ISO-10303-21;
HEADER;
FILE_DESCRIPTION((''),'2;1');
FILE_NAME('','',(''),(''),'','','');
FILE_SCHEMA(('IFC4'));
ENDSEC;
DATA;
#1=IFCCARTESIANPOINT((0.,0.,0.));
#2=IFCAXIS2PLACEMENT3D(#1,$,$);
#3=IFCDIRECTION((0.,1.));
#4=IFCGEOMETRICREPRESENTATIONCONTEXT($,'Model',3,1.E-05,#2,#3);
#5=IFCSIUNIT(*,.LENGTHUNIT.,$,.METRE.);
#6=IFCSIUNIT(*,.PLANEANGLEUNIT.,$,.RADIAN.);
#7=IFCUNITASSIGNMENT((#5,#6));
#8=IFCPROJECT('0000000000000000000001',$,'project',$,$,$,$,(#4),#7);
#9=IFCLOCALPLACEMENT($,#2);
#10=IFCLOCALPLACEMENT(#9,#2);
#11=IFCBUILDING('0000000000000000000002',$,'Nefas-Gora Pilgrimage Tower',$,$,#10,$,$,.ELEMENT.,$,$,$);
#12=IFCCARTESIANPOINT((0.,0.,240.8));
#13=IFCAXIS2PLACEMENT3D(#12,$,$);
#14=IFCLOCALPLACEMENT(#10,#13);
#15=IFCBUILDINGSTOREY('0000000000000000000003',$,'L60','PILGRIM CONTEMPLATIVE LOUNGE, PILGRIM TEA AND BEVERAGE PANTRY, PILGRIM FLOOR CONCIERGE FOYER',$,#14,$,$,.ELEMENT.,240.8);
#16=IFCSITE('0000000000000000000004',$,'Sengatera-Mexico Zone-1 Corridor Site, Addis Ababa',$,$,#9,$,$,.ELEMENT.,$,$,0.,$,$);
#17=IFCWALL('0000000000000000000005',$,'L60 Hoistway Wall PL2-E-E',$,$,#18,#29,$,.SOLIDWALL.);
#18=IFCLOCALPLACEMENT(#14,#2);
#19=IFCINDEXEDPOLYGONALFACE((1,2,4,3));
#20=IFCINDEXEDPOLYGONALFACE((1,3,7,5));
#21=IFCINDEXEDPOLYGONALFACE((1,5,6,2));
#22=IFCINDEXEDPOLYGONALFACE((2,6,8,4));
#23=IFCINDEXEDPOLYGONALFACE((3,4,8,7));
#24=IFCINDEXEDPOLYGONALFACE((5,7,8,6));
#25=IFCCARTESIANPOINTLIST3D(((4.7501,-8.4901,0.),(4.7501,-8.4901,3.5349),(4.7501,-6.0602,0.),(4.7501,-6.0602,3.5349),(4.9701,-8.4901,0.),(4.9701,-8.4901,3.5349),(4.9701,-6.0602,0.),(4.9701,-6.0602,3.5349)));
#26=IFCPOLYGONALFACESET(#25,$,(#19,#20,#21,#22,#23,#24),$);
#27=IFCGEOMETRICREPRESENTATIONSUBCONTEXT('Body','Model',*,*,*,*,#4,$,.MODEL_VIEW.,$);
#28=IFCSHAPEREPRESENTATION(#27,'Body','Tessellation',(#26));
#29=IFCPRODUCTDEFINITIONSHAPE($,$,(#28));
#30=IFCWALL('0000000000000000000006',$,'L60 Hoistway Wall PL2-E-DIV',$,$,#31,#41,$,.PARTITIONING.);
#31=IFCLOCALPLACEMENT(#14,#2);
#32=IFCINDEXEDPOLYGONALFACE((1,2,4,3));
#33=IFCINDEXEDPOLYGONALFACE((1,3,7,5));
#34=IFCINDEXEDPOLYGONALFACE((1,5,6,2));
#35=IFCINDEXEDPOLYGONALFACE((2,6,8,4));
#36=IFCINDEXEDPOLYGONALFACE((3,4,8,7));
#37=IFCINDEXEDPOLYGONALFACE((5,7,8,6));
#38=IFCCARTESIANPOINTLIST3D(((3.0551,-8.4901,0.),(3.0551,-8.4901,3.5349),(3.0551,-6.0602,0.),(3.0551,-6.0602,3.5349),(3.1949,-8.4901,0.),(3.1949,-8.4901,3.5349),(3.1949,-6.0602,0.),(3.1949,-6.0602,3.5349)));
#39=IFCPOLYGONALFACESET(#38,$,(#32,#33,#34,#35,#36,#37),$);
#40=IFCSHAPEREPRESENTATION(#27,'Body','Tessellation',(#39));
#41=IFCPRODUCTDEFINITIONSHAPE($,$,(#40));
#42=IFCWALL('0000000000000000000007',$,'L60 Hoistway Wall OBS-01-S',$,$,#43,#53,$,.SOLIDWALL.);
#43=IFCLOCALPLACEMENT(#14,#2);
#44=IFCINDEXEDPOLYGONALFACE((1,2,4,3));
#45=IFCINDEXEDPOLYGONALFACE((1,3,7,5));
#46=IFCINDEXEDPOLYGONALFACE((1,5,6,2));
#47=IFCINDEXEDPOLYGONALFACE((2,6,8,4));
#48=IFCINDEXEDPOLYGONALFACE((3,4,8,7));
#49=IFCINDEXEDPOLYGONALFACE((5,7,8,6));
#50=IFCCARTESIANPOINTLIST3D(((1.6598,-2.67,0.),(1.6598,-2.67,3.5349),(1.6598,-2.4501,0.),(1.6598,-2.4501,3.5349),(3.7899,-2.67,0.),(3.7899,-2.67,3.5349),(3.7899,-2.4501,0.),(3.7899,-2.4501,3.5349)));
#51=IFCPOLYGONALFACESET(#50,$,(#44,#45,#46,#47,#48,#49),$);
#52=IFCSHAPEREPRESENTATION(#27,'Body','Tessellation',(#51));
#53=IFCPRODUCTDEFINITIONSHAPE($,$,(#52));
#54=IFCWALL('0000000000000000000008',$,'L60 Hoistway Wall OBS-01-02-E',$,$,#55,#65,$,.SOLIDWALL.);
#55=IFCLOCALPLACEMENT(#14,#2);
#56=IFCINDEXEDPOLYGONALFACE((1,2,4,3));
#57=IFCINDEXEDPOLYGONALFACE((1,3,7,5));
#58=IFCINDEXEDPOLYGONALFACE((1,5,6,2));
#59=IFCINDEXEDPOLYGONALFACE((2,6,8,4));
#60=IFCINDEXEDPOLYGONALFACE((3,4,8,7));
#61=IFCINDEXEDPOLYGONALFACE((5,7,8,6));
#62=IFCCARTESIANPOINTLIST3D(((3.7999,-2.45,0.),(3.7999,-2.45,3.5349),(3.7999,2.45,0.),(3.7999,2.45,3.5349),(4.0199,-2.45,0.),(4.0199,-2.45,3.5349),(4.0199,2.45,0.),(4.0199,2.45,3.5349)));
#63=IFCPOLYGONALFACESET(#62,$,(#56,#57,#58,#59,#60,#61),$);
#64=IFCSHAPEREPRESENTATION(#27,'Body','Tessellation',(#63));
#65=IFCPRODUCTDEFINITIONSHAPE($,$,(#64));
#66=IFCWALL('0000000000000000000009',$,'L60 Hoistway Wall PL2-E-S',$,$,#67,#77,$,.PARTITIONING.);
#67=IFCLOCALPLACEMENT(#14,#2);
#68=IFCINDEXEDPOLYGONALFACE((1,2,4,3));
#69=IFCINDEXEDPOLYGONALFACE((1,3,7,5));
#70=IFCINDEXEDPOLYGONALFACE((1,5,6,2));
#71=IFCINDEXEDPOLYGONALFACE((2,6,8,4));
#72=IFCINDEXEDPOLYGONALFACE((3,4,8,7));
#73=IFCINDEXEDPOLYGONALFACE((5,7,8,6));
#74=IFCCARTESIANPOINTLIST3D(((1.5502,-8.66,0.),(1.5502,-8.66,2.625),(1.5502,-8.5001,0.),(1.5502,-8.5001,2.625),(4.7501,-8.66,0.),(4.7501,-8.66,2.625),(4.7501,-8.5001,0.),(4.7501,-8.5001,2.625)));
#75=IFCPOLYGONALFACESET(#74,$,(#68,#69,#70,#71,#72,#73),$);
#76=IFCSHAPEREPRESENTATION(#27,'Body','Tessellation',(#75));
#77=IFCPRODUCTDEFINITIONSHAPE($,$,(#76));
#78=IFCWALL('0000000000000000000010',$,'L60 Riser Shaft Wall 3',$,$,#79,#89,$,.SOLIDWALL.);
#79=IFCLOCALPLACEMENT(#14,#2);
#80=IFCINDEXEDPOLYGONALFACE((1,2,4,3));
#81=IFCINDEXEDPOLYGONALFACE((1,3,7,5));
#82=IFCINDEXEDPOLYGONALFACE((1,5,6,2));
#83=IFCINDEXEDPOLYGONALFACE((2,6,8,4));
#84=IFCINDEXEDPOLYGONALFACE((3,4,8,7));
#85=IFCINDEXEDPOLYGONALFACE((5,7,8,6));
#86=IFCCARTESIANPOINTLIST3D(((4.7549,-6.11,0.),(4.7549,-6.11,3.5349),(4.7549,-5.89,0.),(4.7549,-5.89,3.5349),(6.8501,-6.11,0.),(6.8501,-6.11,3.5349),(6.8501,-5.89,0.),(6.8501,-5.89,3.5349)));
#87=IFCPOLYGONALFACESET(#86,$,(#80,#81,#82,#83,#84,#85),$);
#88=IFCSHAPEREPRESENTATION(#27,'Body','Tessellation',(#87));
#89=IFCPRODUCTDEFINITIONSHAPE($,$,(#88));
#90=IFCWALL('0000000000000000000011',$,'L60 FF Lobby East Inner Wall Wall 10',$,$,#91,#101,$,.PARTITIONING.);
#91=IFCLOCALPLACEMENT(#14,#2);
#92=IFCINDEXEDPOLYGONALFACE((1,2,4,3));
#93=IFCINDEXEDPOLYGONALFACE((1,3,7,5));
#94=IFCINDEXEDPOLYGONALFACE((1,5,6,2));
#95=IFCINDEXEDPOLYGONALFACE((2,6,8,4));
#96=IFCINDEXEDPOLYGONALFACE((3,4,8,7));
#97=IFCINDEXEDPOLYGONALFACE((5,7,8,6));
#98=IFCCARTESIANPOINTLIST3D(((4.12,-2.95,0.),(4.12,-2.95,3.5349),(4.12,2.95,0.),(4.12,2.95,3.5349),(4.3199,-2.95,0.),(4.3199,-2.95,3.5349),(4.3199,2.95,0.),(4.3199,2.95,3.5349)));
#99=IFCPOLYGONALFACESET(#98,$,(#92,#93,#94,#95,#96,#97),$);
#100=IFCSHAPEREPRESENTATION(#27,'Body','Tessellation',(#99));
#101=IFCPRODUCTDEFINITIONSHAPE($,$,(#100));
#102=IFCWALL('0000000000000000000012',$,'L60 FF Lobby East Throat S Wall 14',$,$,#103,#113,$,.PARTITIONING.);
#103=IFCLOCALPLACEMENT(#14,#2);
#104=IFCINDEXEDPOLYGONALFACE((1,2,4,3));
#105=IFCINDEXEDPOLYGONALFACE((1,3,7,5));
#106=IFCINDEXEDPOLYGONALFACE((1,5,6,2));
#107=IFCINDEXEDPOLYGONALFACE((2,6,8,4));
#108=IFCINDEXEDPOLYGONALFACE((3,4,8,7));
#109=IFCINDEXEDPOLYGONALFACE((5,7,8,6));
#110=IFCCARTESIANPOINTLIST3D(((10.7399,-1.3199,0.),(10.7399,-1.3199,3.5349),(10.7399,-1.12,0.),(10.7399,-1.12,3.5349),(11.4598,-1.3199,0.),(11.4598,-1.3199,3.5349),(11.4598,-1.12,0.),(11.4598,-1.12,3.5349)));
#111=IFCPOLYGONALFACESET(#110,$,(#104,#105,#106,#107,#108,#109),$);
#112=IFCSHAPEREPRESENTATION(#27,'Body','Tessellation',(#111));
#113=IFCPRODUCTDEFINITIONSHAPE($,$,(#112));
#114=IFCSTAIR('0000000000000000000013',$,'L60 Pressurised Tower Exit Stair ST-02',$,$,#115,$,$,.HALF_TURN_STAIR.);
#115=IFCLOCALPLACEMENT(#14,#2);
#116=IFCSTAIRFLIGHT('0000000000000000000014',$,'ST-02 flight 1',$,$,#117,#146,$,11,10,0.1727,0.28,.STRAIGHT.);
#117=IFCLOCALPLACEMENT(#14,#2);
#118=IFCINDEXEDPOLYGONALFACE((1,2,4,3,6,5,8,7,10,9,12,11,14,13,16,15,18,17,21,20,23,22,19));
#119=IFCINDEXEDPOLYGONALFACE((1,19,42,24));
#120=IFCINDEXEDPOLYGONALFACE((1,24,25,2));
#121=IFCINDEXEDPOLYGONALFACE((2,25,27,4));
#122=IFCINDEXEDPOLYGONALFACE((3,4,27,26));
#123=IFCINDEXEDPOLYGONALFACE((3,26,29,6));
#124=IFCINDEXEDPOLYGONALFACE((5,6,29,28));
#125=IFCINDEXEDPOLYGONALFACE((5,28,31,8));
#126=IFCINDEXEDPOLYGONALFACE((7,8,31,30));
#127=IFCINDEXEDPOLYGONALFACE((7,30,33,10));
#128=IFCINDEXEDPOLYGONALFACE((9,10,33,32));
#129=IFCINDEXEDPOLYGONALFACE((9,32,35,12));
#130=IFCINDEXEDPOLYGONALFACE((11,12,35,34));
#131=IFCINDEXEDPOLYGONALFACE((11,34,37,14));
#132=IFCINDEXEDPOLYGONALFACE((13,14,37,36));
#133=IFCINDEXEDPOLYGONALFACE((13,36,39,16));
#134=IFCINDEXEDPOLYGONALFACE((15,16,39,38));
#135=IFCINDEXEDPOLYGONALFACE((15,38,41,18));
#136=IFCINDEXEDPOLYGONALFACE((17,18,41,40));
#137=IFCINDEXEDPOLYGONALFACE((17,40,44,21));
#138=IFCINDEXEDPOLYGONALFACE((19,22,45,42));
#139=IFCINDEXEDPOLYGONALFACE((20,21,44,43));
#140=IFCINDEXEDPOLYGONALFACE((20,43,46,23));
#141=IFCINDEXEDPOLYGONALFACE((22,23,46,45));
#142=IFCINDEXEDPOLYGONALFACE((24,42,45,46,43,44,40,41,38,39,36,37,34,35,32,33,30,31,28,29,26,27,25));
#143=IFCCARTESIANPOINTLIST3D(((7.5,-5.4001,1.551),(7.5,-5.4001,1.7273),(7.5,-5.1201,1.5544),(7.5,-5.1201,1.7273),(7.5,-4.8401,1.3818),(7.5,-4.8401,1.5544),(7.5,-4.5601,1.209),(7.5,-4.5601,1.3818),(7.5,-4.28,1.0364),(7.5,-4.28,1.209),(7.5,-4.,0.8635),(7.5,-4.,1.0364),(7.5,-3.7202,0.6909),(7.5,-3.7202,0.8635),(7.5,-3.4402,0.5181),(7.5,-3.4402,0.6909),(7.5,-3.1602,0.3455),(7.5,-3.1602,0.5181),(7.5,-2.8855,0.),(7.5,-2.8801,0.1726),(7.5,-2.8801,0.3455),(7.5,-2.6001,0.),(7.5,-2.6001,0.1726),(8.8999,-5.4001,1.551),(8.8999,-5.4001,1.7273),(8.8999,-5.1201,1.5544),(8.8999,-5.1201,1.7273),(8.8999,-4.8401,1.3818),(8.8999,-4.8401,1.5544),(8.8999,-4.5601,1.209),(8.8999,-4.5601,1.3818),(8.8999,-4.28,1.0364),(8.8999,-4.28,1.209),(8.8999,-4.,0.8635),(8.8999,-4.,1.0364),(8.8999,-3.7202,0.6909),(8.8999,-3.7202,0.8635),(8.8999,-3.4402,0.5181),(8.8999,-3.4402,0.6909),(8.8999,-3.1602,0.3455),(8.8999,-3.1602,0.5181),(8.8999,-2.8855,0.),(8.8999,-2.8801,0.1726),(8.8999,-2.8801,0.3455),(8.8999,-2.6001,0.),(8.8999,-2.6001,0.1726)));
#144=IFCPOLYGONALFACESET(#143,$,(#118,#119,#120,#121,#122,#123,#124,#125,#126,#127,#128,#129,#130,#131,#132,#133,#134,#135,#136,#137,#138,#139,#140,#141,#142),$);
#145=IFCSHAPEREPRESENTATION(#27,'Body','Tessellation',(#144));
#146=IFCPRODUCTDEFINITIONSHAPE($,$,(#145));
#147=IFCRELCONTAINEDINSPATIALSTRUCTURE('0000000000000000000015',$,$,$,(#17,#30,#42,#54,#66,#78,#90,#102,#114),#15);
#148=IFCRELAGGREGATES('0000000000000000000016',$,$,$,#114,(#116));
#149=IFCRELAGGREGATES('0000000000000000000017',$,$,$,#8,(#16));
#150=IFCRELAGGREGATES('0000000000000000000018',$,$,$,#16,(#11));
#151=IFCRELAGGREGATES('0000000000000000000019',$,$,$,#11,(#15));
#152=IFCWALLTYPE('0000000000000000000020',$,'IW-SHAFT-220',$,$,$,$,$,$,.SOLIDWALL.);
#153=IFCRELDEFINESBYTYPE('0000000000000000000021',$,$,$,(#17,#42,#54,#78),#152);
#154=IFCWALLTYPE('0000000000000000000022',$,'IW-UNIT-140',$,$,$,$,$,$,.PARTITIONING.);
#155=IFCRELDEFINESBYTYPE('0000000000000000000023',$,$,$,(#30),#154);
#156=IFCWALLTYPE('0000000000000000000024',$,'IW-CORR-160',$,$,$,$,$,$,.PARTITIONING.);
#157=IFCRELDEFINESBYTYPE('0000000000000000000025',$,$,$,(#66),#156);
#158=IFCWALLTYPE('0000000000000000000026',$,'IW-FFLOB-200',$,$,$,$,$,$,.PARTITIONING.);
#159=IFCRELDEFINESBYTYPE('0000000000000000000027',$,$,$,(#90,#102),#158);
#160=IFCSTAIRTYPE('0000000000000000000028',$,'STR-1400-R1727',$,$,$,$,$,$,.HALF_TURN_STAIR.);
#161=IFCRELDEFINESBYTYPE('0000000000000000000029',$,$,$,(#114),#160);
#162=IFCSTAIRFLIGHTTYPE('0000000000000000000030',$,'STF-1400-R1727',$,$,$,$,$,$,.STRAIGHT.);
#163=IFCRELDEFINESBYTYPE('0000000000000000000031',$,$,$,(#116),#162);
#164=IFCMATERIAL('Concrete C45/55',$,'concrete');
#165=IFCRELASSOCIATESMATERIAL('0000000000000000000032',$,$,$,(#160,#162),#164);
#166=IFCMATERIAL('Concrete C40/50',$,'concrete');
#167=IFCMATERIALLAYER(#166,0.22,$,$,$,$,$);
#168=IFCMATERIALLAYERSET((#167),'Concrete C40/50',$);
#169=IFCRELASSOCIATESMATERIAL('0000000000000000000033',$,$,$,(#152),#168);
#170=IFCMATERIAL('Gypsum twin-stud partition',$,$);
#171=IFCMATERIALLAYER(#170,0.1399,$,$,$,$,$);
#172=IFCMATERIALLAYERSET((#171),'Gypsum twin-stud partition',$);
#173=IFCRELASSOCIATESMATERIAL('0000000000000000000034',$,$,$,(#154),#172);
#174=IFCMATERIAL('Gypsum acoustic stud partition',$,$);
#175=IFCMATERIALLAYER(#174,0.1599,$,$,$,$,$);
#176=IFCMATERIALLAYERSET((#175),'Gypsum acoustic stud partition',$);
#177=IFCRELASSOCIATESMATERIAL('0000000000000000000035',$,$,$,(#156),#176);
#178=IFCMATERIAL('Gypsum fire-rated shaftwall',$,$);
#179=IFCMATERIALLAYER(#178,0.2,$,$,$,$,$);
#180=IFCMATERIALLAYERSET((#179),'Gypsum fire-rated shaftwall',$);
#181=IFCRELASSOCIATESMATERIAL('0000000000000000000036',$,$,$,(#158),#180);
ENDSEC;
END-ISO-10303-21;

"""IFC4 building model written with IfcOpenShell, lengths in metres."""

from ifc_helpers import new_model, si_unit, direction, frame, frame_2d, origin, place, context, subcontext, project, spatial, polyline, rectangle, outline, extrude, source, transform, mapped, material, layer, layer_set, type_object, element, aggregate, save


model = new_model("IFC4")

# Units and contexts
model_context = context("Model", 3, precision=1e-05, world=origin(), true_north=direction((0.0, 1.0)))
body_context = subcontext(model_context, "Body", "Model", "MODEL_VIEW")
ifc_project = project(units=[si_unit("LENGTHUNIT", "METRE"), si_unit("PLANEANGLEUNIT", "RADIAN")], contexts=[model_context])

# Site, building, storey
site_placement = place(None, origin())
site = spatial("IfcSite", under=ifc_project, at=site_placement, Name="Sengatera-Mexico Zone-1 Corridor Site, Addis Ababa", CompositionType="ELEMENT", RefElevation=0.0)
building_placement = place(site_placement, origin())
building = spatial("IfcBuilding", under=site, at=building_placement, Name="Nefas-Gora Pilgrimage Tower", CompositionType="ELEMENT")
storey_placement = place(building_placement, frame((0.0, 0.0, 240.8)))
storey = spatial("IfcBuildingStorey", under=building, at=storey_placement, Name="L60", Description="PILGRIM CONTEMPLATIVE LOUNGE, PILGRIM TEA AND BEVERAGE PANTRY, PILGRIM FLOOR CONCIERGE FOYER", CompositionType="ELEMENT", Elevation=240.8)

# Shared definitions
ifc_material_1 = material(Name="Concrete C40/50", Category="concrete")

# Shared definitions
ifc_material_2 = material(Name="Concrete C45/55", Category="concrete")
stair_type = type_object("IfcStairType", Name="STR-1400-R1727", PredefinedType="HALF_TURN_STAIR", material=ifc_material_2)

# Shared definitions
ifc_layer_1 = layer(ifc_material_1, 0.22)
ifc_layer_set_1 = layer_set([ifc_layer_1], Name="Concrete C40/50")
wall_type_1 = type_object("IfcWallType", Name="IW-SHAFT-220", PredefinedType="SOLIDWALL", material=ifc_layer_set_1)

# Walls
shared_shape_1 = source(origin(), body_context, "Body", "SweptSolid", [
    extrude(rectangle(XDim=2.4299, YDim=0.22, at=frame_2d((1.2148, 0.0))), origin(), (0.0, 0.0, 1.0), 3.5349),
])
for number, where, z_axis, x_axis, name in (
    (1, (4.8601, -8.49, 0.0), (0.0, 0.0, 1.0), (0.0, 1.0, 0.0), "L60 Hoistway Wall PL2-E-E"),
):
    element("IfcWall", number, at=place(storey_placement, frame(where, z_axis=z_axis, x_axis=x_axis)), inside=storey, type_object=wall_type_1, Name=name, PredefinedType="SOLIDWALL", context=body_context, shape_type="MappedRepresentation", body=[
        mapped(shared_shape_1, transform((0.0, 0.0, 0.0), x_axis=(1.0, 0.0, 0.0), y_axis=(0.0, 1.0, 0.0), z_axis=(0.0, 0.0, 1.0), scale=1.0)),
    ])
ifc_material_3 = material(Name="Gypsum twin-stud partition")
ifc_layer_2 = layer(ifc_material_3, 0.1399)
ifc_layer_set_2 = layer_set([ifc_layer_2], Name="Gypsum twin-stud partition")
wall_type_2 = type_object("IfcWallType", Name="IW-UNIT-140", PredefinedType="PARTITIONING", material=ifc_layer_set_2)
shared_shape_2 = source(origin(), body_context, "Body", "SweptSolid", [
    extrude(rectangle(XDim=2.4299, YDim=0.1399, at=frame_2d((1.2148, 0.0))), origin(), (0.0, 0.0, 1.0), 3.5349),
])
wall_1_placement = place(storey_placement, frame((3.125, -8.49, 0.0), z_axis=(0.0, 0.0, 1.0), x_axis=(0.0, 1.0, 0.0)))
element("IfcWall", 2, at=wall_1_placement, inside=storey, type_object=wall_type_2, Name="L60 Hoistway Wall PL2-E-DIV", PredefinedType="PARTITIONING", context=body_context, shape_type="MappedRepresentation", body=[
    mapped(shared_shape_2, transform((0.0, 0.0, 0.0), x_axis=(1.0, 0.0, 0.0), y_axis=(0.0, 1.0, 0.0), z_axis=(0.0, 0.0, 1.0), scale=1.0)),
])
shared_shape_3 = source(origin(), body_context, "Body", "SweptSolid", [
    extrude(rectangle(XDim=2.1301, YDim=0.22, at=frame_2d((1.0649, 0.0))), origin(), (0.0, 0.0, 1.0), 3.5349),
])
wall_2_placement = place(storey_placement, frame((1.6599, -2.5601, 0.0), z_axis=(0.0, 0.0, 1.0), x_axis=(1.0, 0.0, 0.0)))
element("IfcWall", 3, at=wall_2_placement, inside=storey, type_object=wall_type_1, Name="L60 Hoistway Wall OBS-01-S", PredefinedType="SOLIDWALL", context=body_context, shape_type="MappedRepresentation", body=[
    mapped(shared_shape_3, transform((0.0, 0.0, 0.0), x_axis=(1.0, 0.0, 0.0), y_axis=(0.0, 1.0, 0.0), z_axis=(0.0, 0.0, 1.0), scale=1.0)),
])
shared_shape_4 = source(origin(), body_context, "Body", "SweptSolid", [
    extrude(rectangle(XDim=4.8999, YDim=0.22, at=frame_2d((2.45, 0.0))), origin(), (0.0, 0.0, 1.0), 3.5349),
])
wall_3_placement = place(storey_placement, frame((3.9099, -2.45, 0.0), z_axis=(0.0, 0.0, 1.0), x_axis=(0.0, 1.0, 0.0)))
element("IfcWall", 4, at=wall_3_placement, inside=storey, type_object=wall_type_1, Name="L60 Hoistway Wall OBS-01-02-E", PredefinedType="SOLIDWALL", context=body_context, shape_type="MappedRepresentation", body=[
    mapped(shared_shape_4, transform((0.0, 0.0, 0.0), x_axis=(1.0, 0.0, 0.0), y_axis=(0.0, 1.0, 0.0), z_axis=(0.0, 0.0, 1.0), scale=1.0)),
])
ifc_material_4 = material(Name="Gypsum acoustic stud partition")
ifc_layer_3 = layer(ifc_material_4, 0.1599)
ifc_layer_set_3 = layer_set([ifc_layer_3], Name="Gypsum acoustic stud partition")
wall_type_3 = type_object("IfcWallType", Name="IW-CORR-160", PredefinedType="PARTITIONING", material=ifc_layer_set_3)
shared_shape_5 = source(origin(), body_context, "Body", "SweptSolid", [
    extrude(rectangle(XDim=3.2, YDim=0.1599, at=frame_2d((1.6001, 0.0))), origin(), (0.0, 0.0, 1.0), 2.625),
])
wall_4_placement = place(storey_placement, frame((1.55, -8.5801, 0.0), z_axis=(0.0, 0.0, 1.0), x_axis=(1.0, 0.0, 0.0)))
element("IfcWall", 5, at=wall_4_placement, inside=storey, type_object=wall_type_3, Name="L60 Hoistway Wall PL2-E-S", PredefinedType="PARTITIONING", context=body_context, shape_type="MappedRepresentation", body=[
    mapped(shared_shape_5, transform((0.0, 0.0, 0.0), x_axis=(1.0, 0.0, 0.0), y_axis=(0.0, 1.0, 0.0), z_axis=(0.0, 0.0, 1.0), scale=1.0)),
])
shared_shape_6 = source(origin(), body_context, "Body", "SweptSolid", [
    extrude(rectangle(XDim=2.0952, YDim=0.22, at=frame_2d((1.0476, 0.0))), origin(), (0.0, 0.0, 1.0), 3.5349),
])
wall_5_placement = place(storey_placement, frame((4.7549, -6.0, 0.0), z_axis=(0.0, 0.0, 1.0), x_axis=(1.0, 0.0, 0.0)))
element("IfcWall", 6, at=wall_5_placement, inside=storey, type_object=wall_type_1, Name="L60 Riser Shaft Wall 3", PredefinedType="SOLIDWALL", context=body_context, shape_type="MappedRepresentation", body=[
    mapped(shared_shape_6, transform((0.0, 0.0, 0.0), x_axis=(1.0, 0.0, 0.0), y_axis=(0.0, 1.0, 0.0), z_axis=(0.0, 0.0, 1.0), scale=1.0)),
])
ifc_material_5 = material(Name="Gypsum fire-rated shaftwall")
ifc_layer_4 = layer(ifc_material_5, 0.2)
ifc_layer_set_4 = layer_set([ifc_layer_4], Name="Gypsum fire-rated shaftwall")
wall_type_4 = type_object("IfcWallType", Name="IW-FFLOB-200", PredefinedType="PARTITIONING", material=ifc_layer_set_4)
shared_shape_7 = source(origin(), body_context, "Body", "SweptSolid", [
    extrude(rectangle(XDim=5.8999, YDim=0.2, at=frame_2d((2.95, 0.0))), origin(), (0.0, 0.0, 1.0), 3.5349),
])
wall_6_placement = place(storey_placement, frame((4.22, -2.95, 0.0), z_axis=(0.0, 0.0, 1.0), x_axis=(0.0, 1.0, 0.0)))
element("IfcWall", 7, at=wall_6_placement, inside=storey, type_object=wall_type_4, Name="L60 FF Lobby East Inner Wall Wall 10", PredefinedType="PARTITIONING", context=body_context, shape_type="MappedRepresentation", body=[
    mapped(shared_shape_7, transform((0.0, 0.0, 0.0), x_axis=(1.0, 0.0, 0.0), y_axis=(0.0, 1.0, 0.0), z_axis=(0.0, 0.0, 1.0), scale=1.0)),
])
shared_shape_8 = source(origin(), body_context, "Body", "SweptSolid", [
    extrude(rectangle(XDim=0.72, YDim=0.2, at=frame_2d((0.3599, 0.0))), origin(), (0.0, 0.0, 1.0), 3.5349),
])
wall_7_placement = place(storey_placement, frame((10.74, -1.22, 0.0), z_axis=(0.0, 0.0, 1.0), x_axis=(1.0, 0.0, 0.0)))
element("IfcWall", 8, at=wall_7_placement, inside=storey, type_object=wall_type_4, Name="L60 FF Lobby East Throat S Wall 14", PredefinedType="PARTITIONING", context=body_context, shape_type="MappedRepresentation", body=[
    mapped(shared_shape_8, transform((0.0, 0.0, 0.0), x_axis=(1.0, 0.0, 0.0), y_axis=(0.0, 1.0, 0.0), z_axis=(0.0, 0.0, 1.0), scale=1.0)),
])

# Stair, stair flight
stair_1_placement = place(storey_placement, origin())
stair_1 = element("IfcStair", 9, at=stair_1_placement, inside=storey, type_object=stair_type, Name="L60 Pressurised Tower Exit Stair ST-02", PredefinedType="HALF_TURN_STAIR")
stair_flight_type = type_object("IfcStairFlightType", Name="STF-1400-R1727", PredefinedType="STRAIGHT", material=ifc_material_2)
shared_shape_9 = source(origin(), body_context, "Body", "SweptSolid", [
    extrude(outline(polyline([(0.0, 0.0), (0.0, 0.1726), (0.28, 0.1726), (0.28, 0.3455), (0.5601, 0.3455), (0.5601, 0.5181), (0.8401, 0.5181), (0.8401, 0.6909), (1.1201, 0.6909), (1.1201, 0.8635), (1.3999, 0.8635), (1.3999, 1.0364), (1.6799, 1.0364), (1.6799, 1.209), (1.96, 1.209), (1.96, 1.3818), (2.24, 1.3818), (2.24, 1.5544), (2.52, 1.5544), (2.52, 1.7273), (2.8, 1.7273), (2.8, 1.8999), (2.8, 1.551), (0.2854, 0.0), (0.0, 0.0)])), frame((0.0, 0.7, 0.0), z_axis=(0.0, -1.0, 0.0), x_axis=(1.0, 0.0, 0.0)), (0.0, 0.0, 1.0), 1.3999),
])
stair_flight_1_placement = place(storey_placement, frame((8.2, -2.6001, 0.0), z_axis=(0.0, 0.0, 1.0), x_axis=(0.0, -1.0, 0.0)))
stair_flight_1 = element("IfcStairFlight", 10, at=stair_flight_1_placement, type_object=stair_flight_type, Name="ST-02 flight 1", NumberOfRisers=11, NumberOfTreads=10, PredefinedType="STRAIGHT", RiserHeight=0.1727, TreadLength=0.28, context=body_context, shape_type="MappedRepresentation", body=[
    mapped(shared_shape_9, transform((0.0, 0.0, 0.0), x_axis=(1.0, 0.0, 0.0), y_axis=(0.0, 1.0, 0.0), z_axis=(0.0, 0.0, 1.0), scale=1.0)),
])
aggregate(stair_1, [stair_flight_1])

save(model, "model.ifc")
